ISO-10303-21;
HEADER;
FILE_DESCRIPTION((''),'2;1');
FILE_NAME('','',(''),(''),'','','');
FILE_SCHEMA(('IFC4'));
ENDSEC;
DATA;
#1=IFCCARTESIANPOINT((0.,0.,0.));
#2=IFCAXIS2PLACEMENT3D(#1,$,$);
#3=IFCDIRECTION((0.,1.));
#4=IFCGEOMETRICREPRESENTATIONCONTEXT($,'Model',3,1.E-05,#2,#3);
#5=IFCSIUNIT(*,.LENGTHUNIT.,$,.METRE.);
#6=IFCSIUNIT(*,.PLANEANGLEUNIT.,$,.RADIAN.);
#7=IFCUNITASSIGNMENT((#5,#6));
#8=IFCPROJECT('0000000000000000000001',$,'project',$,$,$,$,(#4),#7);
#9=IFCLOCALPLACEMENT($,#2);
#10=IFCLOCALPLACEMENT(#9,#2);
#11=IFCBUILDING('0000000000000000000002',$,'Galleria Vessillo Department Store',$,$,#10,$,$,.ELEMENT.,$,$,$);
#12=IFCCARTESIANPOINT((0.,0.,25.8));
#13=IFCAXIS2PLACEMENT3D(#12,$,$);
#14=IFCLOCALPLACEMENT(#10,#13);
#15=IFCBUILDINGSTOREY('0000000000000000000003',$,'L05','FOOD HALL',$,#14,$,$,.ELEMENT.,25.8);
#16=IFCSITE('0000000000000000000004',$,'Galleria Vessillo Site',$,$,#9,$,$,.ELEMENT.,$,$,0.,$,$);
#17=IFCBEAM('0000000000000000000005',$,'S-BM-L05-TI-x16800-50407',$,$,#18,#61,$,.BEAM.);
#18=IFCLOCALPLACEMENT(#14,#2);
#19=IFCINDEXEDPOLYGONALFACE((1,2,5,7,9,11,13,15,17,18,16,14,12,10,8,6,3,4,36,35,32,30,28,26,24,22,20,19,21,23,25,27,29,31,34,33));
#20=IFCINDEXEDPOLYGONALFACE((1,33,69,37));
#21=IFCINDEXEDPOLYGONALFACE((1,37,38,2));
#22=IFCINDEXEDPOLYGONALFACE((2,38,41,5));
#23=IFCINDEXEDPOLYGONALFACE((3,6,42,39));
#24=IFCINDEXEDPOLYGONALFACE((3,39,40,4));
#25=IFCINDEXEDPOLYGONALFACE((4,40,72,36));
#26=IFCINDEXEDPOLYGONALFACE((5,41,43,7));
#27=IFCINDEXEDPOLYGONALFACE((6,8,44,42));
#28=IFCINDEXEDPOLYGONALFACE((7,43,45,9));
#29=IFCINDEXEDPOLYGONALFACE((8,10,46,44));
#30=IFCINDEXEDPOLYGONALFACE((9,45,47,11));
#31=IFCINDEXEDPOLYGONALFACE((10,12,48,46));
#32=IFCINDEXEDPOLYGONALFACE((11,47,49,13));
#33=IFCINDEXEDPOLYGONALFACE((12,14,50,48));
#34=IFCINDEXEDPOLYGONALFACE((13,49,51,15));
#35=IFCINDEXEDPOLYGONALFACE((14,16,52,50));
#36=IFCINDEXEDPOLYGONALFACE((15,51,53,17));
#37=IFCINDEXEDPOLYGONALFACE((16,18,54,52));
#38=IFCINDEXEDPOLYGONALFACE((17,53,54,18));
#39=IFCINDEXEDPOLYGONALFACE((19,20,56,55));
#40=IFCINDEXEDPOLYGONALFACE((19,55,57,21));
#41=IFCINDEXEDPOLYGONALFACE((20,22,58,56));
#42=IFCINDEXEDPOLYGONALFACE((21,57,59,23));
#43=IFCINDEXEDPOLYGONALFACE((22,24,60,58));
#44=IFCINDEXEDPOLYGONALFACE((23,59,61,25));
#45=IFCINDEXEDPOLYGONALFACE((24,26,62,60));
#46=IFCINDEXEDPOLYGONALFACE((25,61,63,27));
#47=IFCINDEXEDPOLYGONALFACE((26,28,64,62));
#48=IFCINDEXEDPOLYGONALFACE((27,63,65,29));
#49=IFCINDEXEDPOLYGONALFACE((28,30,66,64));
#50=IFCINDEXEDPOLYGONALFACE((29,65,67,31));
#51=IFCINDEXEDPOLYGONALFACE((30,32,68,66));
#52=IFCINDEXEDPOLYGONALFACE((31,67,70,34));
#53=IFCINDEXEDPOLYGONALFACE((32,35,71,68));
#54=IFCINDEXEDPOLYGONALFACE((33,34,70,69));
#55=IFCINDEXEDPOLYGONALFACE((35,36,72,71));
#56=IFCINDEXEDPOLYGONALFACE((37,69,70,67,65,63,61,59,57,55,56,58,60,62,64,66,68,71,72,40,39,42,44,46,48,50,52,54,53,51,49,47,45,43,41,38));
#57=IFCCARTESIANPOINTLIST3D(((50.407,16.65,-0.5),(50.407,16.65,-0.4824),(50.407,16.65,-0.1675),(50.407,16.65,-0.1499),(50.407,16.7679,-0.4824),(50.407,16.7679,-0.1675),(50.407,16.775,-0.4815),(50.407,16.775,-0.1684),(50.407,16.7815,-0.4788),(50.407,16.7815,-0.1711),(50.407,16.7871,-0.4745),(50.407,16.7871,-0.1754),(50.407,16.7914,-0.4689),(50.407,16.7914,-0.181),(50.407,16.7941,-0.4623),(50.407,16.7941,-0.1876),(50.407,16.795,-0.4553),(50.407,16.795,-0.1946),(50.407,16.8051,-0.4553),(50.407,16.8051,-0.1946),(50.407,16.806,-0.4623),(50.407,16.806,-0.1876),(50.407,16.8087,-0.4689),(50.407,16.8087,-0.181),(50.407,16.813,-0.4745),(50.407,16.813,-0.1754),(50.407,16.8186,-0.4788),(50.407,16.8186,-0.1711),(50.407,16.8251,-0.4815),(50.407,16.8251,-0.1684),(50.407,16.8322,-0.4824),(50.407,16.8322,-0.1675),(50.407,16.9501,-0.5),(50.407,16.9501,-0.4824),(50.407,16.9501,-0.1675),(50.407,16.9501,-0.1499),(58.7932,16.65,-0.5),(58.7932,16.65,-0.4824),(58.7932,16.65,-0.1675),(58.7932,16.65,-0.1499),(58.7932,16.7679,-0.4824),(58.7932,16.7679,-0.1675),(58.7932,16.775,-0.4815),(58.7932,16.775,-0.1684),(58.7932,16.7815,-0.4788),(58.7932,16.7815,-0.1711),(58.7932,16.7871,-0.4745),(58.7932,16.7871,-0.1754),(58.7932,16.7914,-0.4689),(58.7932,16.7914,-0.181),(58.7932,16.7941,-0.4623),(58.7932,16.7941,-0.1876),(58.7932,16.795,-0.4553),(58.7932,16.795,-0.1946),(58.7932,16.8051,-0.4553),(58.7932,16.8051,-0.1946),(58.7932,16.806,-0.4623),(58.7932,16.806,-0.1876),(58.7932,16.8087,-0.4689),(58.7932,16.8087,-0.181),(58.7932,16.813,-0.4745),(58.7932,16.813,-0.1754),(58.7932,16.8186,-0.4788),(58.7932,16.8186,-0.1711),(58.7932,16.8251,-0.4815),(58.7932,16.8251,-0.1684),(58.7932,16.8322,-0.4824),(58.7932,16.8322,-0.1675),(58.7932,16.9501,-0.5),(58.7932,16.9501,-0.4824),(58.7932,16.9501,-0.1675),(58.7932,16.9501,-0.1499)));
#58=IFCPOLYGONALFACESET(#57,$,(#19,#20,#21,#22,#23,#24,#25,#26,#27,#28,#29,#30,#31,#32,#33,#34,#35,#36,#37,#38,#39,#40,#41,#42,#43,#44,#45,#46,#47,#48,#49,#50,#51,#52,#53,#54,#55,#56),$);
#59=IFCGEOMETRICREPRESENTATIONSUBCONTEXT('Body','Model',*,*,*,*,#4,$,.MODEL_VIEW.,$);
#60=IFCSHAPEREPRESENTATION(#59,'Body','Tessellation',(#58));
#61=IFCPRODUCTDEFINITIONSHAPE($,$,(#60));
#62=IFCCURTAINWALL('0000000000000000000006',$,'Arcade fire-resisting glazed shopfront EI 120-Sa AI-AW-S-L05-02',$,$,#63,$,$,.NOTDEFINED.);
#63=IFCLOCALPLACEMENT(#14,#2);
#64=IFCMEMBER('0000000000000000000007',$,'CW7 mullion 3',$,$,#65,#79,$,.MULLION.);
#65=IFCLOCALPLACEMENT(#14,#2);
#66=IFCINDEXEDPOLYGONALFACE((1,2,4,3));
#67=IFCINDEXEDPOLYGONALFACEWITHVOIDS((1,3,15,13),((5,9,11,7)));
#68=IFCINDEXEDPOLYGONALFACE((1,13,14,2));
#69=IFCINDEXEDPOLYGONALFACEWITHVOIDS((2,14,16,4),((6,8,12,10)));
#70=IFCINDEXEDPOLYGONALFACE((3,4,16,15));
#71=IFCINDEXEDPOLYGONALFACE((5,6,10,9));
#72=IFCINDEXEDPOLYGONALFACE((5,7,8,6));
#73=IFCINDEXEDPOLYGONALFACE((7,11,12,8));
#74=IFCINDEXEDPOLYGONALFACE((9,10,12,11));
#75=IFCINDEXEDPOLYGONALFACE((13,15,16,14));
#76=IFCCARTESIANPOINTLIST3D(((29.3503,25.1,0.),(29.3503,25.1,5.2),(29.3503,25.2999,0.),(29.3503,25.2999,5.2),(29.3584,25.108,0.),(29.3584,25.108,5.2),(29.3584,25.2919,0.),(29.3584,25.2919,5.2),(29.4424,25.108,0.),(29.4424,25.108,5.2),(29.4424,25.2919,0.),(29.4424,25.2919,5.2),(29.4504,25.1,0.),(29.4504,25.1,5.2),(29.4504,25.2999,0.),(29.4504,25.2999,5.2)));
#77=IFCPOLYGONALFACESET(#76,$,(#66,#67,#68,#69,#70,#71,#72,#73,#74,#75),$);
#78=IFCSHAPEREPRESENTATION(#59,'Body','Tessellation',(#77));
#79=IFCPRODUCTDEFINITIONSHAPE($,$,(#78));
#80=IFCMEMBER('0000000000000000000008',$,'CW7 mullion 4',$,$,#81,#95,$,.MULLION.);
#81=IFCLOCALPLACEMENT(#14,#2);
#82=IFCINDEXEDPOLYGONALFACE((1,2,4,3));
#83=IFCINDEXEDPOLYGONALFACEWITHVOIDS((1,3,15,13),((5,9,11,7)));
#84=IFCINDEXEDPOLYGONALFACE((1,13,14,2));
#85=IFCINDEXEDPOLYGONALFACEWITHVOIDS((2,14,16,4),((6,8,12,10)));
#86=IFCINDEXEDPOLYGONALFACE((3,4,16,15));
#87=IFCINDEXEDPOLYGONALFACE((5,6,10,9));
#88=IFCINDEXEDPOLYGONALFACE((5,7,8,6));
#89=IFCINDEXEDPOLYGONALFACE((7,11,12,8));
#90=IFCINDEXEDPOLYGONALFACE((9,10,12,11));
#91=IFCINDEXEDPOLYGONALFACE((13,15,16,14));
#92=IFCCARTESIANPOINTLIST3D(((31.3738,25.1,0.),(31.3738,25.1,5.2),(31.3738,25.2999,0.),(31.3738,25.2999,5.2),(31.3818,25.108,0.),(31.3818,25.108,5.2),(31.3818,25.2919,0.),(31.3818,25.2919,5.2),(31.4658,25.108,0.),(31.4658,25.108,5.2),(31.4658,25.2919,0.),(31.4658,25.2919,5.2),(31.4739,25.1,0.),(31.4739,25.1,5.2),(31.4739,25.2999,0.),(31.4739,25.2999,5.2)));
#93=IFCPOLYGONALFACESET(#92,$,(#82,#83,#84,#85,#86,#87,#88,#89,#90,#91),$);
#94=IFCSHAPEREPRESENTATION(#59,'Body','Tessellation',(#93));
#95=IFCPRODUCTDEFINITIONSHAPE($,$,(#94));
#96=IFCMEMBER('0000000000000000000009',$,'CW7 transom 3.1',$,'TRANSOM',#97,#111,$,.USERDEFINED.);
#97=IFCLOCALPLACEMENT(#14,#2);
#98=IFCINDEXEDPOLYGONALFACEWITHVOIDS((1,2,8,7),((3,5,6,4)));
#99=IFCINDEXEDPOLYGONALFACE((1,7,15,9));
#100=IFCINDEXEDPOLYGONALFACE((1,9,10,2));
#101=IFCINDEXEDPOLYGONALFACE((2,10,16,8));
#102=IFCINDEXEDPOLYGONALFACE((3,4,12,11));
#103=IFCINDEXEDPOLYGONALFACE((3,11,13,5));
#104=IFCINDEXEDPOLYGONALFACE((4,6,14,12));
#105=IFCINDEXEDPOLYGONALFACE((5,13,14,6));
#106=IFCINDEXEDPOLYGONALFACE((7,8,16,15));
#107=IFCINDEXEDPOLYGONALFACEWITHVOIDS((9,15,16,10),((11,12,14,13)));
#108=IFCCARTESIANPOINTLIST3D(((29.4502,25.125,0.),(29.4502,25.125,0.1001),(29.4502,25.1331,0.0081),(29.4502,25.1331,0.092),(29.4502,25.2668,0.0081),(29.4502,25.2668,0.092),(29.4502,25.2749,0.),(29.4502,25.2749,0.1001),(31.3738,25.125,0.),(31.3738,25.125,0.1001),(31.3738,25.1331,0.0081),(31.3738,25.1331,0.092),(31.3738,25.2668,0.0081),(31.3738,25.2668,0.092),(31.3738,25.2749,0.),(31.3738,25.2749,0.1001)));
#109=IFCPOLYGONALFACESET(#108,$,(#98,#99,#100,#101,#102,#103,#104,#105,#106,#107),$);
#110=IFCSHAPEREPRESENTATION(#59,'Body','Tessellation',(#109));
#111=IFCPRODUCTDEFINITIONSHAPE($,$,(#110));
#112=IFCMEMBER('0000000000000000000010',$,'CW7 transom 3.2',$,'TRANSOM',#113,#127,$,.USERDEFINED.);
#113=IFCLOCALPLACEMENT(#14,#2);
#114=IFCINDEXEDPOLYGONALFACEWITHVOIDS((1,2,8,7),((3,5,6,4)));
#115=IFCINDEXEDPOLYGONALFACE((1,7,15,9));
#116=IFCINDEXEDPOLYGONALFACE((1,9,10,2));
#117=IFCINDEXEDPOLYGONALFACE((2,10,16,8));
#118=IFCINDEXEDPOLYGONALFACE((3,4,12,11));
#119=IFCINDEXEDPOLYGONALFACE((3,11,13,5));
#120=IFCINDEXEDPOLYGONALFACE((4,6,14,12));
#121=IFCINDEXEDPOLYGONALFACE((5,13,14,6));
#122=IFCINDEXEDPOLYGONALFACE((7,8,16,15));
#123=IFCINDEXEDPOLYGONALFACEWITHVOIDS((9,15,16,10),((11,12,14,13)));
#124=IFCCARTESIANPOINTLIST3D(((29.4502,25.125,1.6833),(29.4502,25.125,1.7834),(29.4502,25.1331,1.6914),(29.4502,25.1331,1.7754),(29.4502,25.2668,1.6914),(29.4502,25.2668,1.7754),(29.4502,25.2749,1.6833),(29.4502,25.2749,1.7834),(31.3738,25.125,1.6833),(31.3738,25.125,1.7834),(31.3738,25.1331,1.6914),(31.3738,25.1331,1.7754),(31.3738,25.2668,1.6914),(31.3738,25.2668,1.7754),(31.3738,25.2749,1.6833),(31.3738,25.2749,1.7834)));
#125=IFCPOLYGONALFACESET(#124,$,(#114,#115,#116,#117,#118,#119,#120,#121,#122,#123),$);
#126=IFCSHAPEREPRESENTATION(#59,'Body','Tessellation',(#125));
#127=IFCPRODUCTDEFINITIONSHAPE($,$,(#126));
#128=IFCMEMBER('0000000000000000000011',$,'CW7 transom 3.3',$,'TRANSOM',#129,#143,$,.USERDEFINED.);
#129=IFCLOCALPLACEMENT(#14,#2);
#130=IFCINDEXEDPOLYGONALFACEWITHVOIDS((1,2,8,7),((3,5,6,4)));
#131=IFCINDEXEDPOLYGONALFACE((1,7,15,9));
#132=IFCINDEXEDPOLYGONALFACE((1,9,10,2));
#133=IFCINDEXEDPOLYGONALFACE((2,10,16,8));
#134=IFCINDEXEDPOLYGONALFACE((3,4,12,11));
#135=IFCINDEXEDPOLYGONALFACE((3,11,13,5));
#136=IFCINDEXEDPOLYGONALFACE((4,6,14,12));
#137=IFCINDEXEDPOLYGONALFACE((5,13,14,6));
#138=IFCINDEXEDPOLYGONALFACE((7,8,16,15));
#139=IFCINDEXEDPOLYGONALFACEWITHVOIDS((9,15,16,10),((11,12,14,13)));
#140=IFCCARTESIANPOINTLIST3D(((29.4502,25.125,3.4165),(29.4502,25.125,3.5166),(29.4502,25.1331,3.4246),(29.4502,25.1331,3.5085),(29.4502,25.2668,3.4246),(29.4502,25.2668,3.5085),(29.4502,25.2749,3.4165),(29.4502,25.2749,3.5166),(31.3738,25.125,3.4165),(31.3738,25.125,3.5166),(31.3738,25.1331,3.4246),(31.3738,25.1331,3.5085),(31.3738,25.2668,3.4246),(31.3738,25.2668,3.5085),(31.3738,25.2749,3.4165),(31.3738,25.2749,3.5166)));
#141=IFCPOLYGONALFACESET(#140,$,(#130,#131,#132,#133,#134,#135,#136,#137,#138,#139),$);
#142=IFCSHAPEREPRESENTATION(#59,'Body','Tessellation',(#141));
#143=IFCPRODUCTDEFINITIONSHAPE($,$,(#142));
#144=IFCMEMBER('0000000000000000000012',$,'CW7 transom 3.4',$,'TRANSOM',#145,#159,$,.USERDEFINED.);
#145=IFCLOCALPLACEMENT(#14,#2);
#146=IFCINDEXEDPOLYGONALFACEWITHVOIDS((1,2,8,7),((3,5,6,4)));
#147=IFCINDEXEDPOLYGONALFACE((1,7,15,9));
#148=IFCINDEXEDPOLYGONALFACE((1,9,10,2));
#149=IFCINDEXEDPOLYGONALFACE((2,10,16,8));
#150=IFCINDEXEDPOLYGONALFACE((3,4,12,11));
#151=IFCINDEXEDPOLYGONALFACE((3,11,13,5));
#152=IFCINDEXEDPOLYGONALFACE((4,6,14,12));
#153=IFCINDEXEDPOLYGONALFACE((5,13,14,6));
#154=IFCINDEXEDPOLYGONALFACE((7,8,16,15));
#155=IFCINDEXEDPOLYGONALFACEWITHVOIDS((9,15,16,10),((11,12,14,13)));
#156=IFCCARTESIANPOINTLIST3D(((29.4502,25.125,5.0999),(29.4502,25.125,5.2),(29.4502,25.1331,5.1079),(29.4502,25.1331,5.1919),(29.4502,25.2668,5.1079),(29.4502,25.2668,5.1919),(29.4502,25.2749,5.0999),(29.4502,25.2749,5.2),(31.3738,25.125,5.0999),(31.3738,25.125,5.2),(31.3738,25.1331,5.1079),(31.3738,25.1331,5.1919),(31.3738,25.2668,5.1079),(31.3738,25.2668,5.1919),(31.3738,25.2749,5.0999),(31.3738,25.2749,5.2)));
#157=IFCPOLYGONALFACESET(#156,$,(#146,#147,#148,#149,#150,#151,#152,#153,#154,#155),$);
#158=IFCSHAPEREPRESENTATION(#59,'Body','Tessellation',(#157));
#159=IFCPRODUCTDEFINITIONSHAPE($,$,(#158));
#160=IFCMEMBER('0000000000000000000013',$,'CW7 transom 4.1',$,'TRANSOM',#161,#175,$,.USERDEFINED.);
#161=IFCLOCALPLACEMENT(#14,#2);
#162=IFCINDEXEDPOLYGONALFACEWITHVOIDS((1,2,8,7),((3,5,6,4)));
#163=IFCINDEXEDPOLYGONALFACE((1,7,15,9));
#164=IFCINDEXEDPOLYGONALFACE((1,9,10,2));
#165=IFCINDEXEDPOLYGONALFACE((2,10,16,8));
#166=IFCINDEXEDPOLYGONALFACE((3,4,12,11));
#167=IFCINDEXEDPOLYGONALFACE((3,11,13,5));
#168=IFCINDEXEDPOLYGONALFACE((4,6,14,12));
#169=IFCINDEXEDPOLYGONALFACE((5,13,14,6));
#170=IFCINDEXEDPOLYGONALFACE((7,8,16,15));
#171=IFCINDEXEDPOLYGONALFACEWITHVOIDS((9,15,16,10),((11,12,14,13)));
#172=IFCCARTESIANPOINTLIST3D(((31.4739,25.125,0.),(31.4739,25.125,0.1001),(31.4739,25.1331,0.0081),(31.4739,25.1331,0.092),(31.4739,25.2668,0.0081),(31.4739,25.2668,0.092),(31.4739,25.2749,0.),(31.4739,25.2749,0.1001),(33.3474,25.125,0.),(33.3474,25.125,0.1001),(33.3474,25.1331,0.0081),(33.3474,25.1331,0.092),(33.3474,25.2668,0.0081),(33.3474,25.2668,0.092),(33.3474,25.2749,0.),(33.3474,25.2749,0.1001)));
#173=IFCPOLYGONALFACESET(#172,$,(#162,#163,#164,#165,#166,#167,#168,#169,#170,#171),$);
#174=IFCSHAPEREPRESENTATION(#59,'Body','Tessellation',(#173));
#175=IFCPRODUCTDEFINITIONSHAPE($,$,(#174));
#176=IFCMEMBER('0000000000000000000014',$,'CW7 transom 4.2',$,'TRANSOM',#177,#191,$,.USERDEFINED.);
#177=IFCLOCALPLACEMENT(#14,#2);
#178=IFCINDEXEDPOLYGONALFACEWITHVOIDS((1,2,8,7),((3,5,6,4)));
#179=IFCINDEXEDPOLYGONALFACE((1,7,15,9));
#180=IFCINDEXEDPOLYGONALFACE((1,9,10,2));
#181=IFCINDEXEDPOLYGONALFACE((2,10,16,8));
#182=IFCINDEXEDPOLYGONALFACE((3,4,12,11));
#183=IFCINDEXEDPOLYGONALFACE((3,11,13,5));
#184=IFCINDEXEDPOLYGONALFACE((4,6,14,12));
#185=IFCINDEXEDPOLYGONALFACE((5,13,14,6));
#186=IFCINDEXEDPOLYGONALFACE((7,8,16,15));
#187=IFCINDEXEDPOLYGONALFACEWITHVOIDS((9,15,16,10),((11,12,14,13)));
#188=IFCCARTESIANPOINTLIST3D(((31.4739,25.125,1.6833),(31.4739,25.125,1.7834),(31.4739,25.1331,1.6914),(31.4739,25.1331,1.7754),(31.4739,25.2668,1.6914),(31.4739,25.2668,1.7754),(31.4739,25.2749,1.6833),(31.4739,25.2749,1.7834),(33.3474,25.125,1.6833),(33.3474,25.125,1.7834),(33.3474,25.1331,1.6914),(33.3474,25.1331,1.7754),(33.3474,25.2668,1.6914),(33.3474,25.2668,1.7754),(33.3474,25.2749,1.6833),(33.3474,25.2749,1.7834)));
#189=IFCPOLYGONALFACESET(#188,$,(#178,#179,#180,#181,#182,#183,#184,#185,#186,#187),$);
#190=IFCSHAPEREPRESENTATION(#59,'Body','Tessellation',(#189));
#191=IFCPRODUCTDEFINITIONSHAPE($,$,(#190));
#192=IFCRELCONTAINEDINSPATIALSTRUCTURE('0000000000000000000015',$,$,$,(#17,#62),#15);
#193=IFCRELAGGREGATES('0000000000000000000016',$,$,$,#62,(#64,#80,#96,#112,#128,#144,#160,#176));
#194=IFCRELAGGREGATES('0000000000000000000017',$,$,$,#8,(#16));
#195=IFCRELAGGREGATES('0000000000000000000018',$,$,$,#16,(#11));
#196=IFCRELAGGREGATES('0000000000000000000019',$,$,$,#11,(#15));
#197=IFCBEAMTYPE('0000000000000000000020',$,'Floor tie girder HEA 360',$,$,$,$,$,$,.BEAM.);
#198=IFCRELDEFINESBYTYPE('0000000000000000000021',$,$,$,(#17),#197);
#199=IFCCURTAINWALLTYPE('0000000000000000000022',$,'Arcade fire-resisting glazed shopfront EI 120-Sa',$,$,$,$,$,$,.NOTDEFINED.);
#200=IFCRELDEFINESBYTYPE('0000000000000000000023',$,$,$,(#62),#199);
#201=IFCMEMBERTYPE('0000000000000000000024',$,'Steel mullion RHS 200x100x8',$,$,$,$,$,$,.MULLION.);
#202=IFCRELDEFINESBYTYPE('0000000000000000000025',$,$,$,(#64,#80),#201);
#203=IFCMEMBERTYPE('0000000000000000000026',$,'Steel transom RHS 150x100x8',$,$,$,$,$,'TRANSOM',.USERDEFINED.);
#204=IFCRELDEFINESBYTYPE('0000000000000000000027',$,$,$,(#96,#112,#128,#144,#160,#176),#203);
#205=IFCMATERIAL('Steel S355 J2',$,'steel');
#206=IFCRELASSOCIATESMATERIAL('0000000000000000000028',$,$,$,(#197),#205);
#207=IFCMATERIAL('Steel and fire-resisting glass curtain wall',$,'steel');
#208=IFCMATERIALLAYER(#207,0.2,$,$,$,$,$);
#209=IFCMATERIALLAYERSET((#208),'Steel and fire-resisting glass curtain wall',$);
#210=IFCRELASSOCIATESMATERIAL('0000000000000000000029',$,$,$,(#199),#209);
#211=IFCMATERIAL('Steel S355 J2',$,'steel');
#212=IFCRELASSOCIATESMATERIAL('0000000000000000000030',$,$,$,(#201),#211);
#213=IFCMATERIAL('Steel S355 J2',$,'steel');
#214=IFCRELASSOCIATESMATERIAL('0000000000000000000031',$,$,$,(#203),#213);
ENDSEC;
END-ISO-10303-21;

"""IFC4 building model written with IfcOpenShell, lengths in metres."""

from ifc_helpers import new_model, si_unit, direction, frame, origin, origin_2d, place, context, subcontext, project, spatial, hollow_rectangle, i_section, extrude, material, layer, layer_set, material_profile, profile_set, type_object, element, aggregate, save


model = new_model("IFC4")

# Units and contexts
model_context = context("Model", 3, precision=1e-05, world=origin(), true_north=direction((0.0, 1.0)))
body_context = subcontext(model_context, "Body", "Model", "MODEL_VIEW")
ifc_project = project(units=[si_unit("LENGTHUNIT", "METRE"), si_unit("PLANEANGLEUNIT", "RADIAN")], contexts=[model_context])

# Site, building, storey
site_placement = place(None, origin())
site = spatial("IfcSite", under=ifc_project, at=site_placement, Name="Galleria Vessillo Site", CompositionType="ELEMENT", RefElevation=0.0)
building_placement = place(site_placement, origin())
building = spatial("IfcBuilding", under=site, at=building_placement, Name="Galleria Vessillo Department Store", CompositionType="ELEMENT")
storey_placement = place(building_placement, frame((0.0, 0.0, 25.8)))
storey = spatial("IfcBuildingStorey", under=building, at=storey_placement, Name="L05", Description="FOOD HALL", CompositionType="ELEMENT", Elevation=25.8)

# Beam
ifc_material_1 = material(Name="Steel S355 J2", Category="steel")
ifc_material_profile_1 = material_profile(ifc_material_1, i_section(OverallWidth=0.3, OverallDepth=0.3501, WebThickness=0.01, FlangeThickness=0.0176, FilletRadius=0.0271, at=origin_2d()), Name="HEA 360")
ifc_profile_set_1 = profile_set([ifc_material_profile_1], Name="Steel S355 J2")
beam_type_1 = type_object("IfcBeamType", Name="Floor tie girder HEA 360", PredefinedType="BEAM", material=ifc_profile_set_1)
for number, where, z_axis, x_axis, name in (
    (1, (50.407, 16.8, -0.325), (1.0, 0.0, 0.0), (0.0, 1.0, 0.0), "S-BM-L05-TI-x16800-50407"),
):
    element("IfcBeam", number, at=place(storey_placement, frame(where, z_axis=z_axis, x_axis=x_axis)), inside=storey, type_object=beam_type_1, Name=name, PredefinedType="BEAM", context=body_context, shape_type="SweptSolid", body=[
        extrude(i_section(OverallWidth=0.3, OverallDepth=0.3501, WebThickness=0.01, FlangeThickness=0.0176, FilletRadius=0.0271, at=origin_2d()), origin(), (0.0, 0.0, 1.0), 8.3862),
    ])

# Curtain wall, members
ifc_material_2 = material(Name="Steel and fire-resisting glass curtain wall", Category="steel")
ifc_layer_1 = layer(ifc_material_2, 0.2)
ifc_layer_set_1 = layer_set([ifc_layer_1], Name="Steel and fire-resisting glass curtain wall")
curtain_wall_type = type_object("IfcCurtainWallType", Name="Arcade fire-resisting glazed shopfront EI 120-Sa", PredefinedType="NOTDEFINED", material=ifc_layer_set_1)
curtain_wall_placement = place(storey_placement, origin())
curtain_wall = element("IfcCurtainWall", 2, at=curtain_wall_placement, inside=storey, type_object=curtain_wall_type, Name="Arcade fire-resisting glazed shopfront EI 120-Sa AI-AW-S-L05-02", PredefinedType="NOTDEFINED")
ifc_material_3 = material(Name="Steel S355 J2", Category="steel")
ifc_material_profile_2 = material_profile(ifc_material_3, hollow_rectangle(XDim=0.2, YDim=0.1001, WallThickness=0.0081, at=origin_2d()), Name="RHS 200x100x8")
ifc_profile_set_2 = profile_set([ifc_material_profile_2], Name="Steel S355 J2")
member_type_1 = type_object("IfcMemberType", Name="Steel mullion RHS 200x100x8", PredefinedType="MULLION", material=ifc_profile_set_2)
member_1_placement = place(storey_placement, frame((29.4004, 25.2, 0.0), z_axis=(0.0, 0.0, 1.0), x_axis=(0.0, 1.0, 0.0)))
member_1 = element("IfcMember", 3, at=member_1_placement, type_object=member_type_1, Name="CW7 mullion 3", PredefinedType="MULLION", context=body_context, shape_type="SweptSolid", body=[
    extrude(hollow_rectangle(XDim=0.2, YDim=0.1001, WallThickness=0.0081, at=origin_2d()), origin(), (0.0, 0.0, 1.0), 5.2),
])
member_2_placement = place(storey_placement, frame((31.4238, 25.2, 0.0), z_axis=(0.0, 0.0, 1.0), x_axis=(0.0, 1.0, 0.0)))
member_2 = element("IfcMember", 4, at=member_2_placement, type_object=member_type_1, Name="CW7 mullion 4", PredefinedType="MULLION", context=body_context, shape_type="SweptSolid", body=[
    extrude(hollow_rectangle(XDim=0.2, YDim=0.1001, WallThickness=0.0081, at=origin_2d()), origin(), (0.0, 0.0, 1.0), 5.2),
])
ifc_material_4 = material(Name="Steel S355 J2", Category="steel")
ifc_material_profile_3 = material_profile(ifc_material_4, hollow_rectangle(XDim=0.1499, YDim=0.1001, WallThickness=0.0081, at=origin_2d()), Name="RHS 150x100x8")
ifc_profile_set_3 = profile_set([ifc_material_profile_3], Name="Steel S355 J2")
member_type_2 = type_object("IfcMemberType", Name="Steel transom RHS 150x100x8", ElementType="TRANSOM", PredefinedType="USERDEFINED", material=ifc_profile_set_3)
member_3_placement = place(storey_placement, frame((29.4502, 25.2, 0.05), z_axis=(1.0, 0.0, 0.0), x_axis=(0.0, 1.0, 0.0)))
member_3 = element("IfcMember", 5, at=member_3_placement, type_object=member_type_2, Name="CW7 transom 3.1", ObjectType="TRANSOM", PredefinedType="USERDEFINED", context=body_context, shape_type="SweptSolid", body=[
    extrude(hollow_rectangle(XDim=0.1499, YDim=0.1001, WallThickness=0.0081, at=origin_2d()), origin(), (0.0, 0.0, 1.0), 1.9236),
])
member_4_placement = place(storey_placement, frame((29.4502, 25.2, 1.7334), z_axis=(1.0, 0.0, 0.0), x_axis=(0.0, 1.0, 0.0)))
member_4 = element("IfcMember", 6, at=member_4_placement, type_object=member_type_2, Name="CW7 transom 3.2", ObjectType="TRANSOM", PredefinedType="USERDEFINED", context=body_context, shape_type="SweptSolid", body=[
    extrude(hollow_rectangle(XDim=0.1499, YDim=0.1001, WallThickness=0.0081, at=origin_2d()), origin(), (0.0, 0.0, 1.0), 1.9236),
])
member_5_placement = place(storey_placement, frame((29.4502, 25.2, 3.4666), z_axis=(1.0, 0.0, 0.0), x_axis=(0.0, 1.0, 0.0)))
member_5 = element("IfcMember", 7, at=member_5_placement, type_object=member_type_2, Name="CW7 transom 3.3", ObjectType="TRANSOM", PredefinedType="USERDEFINED", context=body_context, shape_type="SweptSolid", body=[
    extrude(hollow_rectangle(XDim=0.1499, YDim=0.1001, WallThickness=0.0081, at=origin_2d()), origin(), (0.0, 0.0, 1.0), 1.9236),
])
member_6_placement = place(storey_placement, frame((29.4502, 25.2, 5.1499), z_axis=(1.0, 0.0, 0.0), x_axis=(0.0, 1.0, 0.0)))
member_6 = element("IfcMember", 8, at=member_6_placement, type_object=member_type_2, Name="CW7 transom 3.4", ObjectType="TRANSOM", PredefinedType="USERDEFINED", context=body_context, shape_type="SweptSolid", body=[
    extrude(hollow_rectangle(XDim=0.1499, YDim=0.1001, WallThickness=0.0081, at=origin_2d()), origin(), (0.0, 0.0, 1.0), 1.9236),
])
member_7_placement = place(storey_placement, frame((31.4739, 25.2, 0.05), z_axis=(1.0, 0.0, 0.0), x_axis=(0.0, 1.0, 0.0)))
member_7 = element("IfcMember", 9, at=member_7_placement, type_object=member_type_2, Name="CW7 transom 4.1", ObjectType="TRANSOM", PredefinedType="USERDEFINED", context=body_context, shape_type="SweptSolid", body=[
    extrude(hollow_rectangle(XDim=0.1499, YDim=0.1001, WallThickness=0.0081, at=origin_2d()), origin(), (0.0, 0.0, 1.0), 1.8735),
])
member_8_placement = place(storey_placement, frame((31.4739, 25.2, 1.7334), z_axis=(1.0, 0.0, 0.0), x_axis=(0.0, 1.0, 0.0)))
member_8 = element("IfcMember", 10, at=member_8_placement, type_object=member_type_2, Name="CW7 transom 4.2", ObjectType="TRANSOM", PredefinedType="USERDEFINED", context=body_context, shape_type="SweptSolid", body=[
    extrude(hollow_rectangle(XDim=0.1499, YDim=0.1001, WallThickness=0.0081, at=origin_2d()), origin(), (0.0, 0.0, 1.0), 1.8735),
])
aggregate(curtain_wall, [member_1, member_2, member_3, member_4, member_5, member_6, member_7, member_8])

save(model, "model.ifc")
